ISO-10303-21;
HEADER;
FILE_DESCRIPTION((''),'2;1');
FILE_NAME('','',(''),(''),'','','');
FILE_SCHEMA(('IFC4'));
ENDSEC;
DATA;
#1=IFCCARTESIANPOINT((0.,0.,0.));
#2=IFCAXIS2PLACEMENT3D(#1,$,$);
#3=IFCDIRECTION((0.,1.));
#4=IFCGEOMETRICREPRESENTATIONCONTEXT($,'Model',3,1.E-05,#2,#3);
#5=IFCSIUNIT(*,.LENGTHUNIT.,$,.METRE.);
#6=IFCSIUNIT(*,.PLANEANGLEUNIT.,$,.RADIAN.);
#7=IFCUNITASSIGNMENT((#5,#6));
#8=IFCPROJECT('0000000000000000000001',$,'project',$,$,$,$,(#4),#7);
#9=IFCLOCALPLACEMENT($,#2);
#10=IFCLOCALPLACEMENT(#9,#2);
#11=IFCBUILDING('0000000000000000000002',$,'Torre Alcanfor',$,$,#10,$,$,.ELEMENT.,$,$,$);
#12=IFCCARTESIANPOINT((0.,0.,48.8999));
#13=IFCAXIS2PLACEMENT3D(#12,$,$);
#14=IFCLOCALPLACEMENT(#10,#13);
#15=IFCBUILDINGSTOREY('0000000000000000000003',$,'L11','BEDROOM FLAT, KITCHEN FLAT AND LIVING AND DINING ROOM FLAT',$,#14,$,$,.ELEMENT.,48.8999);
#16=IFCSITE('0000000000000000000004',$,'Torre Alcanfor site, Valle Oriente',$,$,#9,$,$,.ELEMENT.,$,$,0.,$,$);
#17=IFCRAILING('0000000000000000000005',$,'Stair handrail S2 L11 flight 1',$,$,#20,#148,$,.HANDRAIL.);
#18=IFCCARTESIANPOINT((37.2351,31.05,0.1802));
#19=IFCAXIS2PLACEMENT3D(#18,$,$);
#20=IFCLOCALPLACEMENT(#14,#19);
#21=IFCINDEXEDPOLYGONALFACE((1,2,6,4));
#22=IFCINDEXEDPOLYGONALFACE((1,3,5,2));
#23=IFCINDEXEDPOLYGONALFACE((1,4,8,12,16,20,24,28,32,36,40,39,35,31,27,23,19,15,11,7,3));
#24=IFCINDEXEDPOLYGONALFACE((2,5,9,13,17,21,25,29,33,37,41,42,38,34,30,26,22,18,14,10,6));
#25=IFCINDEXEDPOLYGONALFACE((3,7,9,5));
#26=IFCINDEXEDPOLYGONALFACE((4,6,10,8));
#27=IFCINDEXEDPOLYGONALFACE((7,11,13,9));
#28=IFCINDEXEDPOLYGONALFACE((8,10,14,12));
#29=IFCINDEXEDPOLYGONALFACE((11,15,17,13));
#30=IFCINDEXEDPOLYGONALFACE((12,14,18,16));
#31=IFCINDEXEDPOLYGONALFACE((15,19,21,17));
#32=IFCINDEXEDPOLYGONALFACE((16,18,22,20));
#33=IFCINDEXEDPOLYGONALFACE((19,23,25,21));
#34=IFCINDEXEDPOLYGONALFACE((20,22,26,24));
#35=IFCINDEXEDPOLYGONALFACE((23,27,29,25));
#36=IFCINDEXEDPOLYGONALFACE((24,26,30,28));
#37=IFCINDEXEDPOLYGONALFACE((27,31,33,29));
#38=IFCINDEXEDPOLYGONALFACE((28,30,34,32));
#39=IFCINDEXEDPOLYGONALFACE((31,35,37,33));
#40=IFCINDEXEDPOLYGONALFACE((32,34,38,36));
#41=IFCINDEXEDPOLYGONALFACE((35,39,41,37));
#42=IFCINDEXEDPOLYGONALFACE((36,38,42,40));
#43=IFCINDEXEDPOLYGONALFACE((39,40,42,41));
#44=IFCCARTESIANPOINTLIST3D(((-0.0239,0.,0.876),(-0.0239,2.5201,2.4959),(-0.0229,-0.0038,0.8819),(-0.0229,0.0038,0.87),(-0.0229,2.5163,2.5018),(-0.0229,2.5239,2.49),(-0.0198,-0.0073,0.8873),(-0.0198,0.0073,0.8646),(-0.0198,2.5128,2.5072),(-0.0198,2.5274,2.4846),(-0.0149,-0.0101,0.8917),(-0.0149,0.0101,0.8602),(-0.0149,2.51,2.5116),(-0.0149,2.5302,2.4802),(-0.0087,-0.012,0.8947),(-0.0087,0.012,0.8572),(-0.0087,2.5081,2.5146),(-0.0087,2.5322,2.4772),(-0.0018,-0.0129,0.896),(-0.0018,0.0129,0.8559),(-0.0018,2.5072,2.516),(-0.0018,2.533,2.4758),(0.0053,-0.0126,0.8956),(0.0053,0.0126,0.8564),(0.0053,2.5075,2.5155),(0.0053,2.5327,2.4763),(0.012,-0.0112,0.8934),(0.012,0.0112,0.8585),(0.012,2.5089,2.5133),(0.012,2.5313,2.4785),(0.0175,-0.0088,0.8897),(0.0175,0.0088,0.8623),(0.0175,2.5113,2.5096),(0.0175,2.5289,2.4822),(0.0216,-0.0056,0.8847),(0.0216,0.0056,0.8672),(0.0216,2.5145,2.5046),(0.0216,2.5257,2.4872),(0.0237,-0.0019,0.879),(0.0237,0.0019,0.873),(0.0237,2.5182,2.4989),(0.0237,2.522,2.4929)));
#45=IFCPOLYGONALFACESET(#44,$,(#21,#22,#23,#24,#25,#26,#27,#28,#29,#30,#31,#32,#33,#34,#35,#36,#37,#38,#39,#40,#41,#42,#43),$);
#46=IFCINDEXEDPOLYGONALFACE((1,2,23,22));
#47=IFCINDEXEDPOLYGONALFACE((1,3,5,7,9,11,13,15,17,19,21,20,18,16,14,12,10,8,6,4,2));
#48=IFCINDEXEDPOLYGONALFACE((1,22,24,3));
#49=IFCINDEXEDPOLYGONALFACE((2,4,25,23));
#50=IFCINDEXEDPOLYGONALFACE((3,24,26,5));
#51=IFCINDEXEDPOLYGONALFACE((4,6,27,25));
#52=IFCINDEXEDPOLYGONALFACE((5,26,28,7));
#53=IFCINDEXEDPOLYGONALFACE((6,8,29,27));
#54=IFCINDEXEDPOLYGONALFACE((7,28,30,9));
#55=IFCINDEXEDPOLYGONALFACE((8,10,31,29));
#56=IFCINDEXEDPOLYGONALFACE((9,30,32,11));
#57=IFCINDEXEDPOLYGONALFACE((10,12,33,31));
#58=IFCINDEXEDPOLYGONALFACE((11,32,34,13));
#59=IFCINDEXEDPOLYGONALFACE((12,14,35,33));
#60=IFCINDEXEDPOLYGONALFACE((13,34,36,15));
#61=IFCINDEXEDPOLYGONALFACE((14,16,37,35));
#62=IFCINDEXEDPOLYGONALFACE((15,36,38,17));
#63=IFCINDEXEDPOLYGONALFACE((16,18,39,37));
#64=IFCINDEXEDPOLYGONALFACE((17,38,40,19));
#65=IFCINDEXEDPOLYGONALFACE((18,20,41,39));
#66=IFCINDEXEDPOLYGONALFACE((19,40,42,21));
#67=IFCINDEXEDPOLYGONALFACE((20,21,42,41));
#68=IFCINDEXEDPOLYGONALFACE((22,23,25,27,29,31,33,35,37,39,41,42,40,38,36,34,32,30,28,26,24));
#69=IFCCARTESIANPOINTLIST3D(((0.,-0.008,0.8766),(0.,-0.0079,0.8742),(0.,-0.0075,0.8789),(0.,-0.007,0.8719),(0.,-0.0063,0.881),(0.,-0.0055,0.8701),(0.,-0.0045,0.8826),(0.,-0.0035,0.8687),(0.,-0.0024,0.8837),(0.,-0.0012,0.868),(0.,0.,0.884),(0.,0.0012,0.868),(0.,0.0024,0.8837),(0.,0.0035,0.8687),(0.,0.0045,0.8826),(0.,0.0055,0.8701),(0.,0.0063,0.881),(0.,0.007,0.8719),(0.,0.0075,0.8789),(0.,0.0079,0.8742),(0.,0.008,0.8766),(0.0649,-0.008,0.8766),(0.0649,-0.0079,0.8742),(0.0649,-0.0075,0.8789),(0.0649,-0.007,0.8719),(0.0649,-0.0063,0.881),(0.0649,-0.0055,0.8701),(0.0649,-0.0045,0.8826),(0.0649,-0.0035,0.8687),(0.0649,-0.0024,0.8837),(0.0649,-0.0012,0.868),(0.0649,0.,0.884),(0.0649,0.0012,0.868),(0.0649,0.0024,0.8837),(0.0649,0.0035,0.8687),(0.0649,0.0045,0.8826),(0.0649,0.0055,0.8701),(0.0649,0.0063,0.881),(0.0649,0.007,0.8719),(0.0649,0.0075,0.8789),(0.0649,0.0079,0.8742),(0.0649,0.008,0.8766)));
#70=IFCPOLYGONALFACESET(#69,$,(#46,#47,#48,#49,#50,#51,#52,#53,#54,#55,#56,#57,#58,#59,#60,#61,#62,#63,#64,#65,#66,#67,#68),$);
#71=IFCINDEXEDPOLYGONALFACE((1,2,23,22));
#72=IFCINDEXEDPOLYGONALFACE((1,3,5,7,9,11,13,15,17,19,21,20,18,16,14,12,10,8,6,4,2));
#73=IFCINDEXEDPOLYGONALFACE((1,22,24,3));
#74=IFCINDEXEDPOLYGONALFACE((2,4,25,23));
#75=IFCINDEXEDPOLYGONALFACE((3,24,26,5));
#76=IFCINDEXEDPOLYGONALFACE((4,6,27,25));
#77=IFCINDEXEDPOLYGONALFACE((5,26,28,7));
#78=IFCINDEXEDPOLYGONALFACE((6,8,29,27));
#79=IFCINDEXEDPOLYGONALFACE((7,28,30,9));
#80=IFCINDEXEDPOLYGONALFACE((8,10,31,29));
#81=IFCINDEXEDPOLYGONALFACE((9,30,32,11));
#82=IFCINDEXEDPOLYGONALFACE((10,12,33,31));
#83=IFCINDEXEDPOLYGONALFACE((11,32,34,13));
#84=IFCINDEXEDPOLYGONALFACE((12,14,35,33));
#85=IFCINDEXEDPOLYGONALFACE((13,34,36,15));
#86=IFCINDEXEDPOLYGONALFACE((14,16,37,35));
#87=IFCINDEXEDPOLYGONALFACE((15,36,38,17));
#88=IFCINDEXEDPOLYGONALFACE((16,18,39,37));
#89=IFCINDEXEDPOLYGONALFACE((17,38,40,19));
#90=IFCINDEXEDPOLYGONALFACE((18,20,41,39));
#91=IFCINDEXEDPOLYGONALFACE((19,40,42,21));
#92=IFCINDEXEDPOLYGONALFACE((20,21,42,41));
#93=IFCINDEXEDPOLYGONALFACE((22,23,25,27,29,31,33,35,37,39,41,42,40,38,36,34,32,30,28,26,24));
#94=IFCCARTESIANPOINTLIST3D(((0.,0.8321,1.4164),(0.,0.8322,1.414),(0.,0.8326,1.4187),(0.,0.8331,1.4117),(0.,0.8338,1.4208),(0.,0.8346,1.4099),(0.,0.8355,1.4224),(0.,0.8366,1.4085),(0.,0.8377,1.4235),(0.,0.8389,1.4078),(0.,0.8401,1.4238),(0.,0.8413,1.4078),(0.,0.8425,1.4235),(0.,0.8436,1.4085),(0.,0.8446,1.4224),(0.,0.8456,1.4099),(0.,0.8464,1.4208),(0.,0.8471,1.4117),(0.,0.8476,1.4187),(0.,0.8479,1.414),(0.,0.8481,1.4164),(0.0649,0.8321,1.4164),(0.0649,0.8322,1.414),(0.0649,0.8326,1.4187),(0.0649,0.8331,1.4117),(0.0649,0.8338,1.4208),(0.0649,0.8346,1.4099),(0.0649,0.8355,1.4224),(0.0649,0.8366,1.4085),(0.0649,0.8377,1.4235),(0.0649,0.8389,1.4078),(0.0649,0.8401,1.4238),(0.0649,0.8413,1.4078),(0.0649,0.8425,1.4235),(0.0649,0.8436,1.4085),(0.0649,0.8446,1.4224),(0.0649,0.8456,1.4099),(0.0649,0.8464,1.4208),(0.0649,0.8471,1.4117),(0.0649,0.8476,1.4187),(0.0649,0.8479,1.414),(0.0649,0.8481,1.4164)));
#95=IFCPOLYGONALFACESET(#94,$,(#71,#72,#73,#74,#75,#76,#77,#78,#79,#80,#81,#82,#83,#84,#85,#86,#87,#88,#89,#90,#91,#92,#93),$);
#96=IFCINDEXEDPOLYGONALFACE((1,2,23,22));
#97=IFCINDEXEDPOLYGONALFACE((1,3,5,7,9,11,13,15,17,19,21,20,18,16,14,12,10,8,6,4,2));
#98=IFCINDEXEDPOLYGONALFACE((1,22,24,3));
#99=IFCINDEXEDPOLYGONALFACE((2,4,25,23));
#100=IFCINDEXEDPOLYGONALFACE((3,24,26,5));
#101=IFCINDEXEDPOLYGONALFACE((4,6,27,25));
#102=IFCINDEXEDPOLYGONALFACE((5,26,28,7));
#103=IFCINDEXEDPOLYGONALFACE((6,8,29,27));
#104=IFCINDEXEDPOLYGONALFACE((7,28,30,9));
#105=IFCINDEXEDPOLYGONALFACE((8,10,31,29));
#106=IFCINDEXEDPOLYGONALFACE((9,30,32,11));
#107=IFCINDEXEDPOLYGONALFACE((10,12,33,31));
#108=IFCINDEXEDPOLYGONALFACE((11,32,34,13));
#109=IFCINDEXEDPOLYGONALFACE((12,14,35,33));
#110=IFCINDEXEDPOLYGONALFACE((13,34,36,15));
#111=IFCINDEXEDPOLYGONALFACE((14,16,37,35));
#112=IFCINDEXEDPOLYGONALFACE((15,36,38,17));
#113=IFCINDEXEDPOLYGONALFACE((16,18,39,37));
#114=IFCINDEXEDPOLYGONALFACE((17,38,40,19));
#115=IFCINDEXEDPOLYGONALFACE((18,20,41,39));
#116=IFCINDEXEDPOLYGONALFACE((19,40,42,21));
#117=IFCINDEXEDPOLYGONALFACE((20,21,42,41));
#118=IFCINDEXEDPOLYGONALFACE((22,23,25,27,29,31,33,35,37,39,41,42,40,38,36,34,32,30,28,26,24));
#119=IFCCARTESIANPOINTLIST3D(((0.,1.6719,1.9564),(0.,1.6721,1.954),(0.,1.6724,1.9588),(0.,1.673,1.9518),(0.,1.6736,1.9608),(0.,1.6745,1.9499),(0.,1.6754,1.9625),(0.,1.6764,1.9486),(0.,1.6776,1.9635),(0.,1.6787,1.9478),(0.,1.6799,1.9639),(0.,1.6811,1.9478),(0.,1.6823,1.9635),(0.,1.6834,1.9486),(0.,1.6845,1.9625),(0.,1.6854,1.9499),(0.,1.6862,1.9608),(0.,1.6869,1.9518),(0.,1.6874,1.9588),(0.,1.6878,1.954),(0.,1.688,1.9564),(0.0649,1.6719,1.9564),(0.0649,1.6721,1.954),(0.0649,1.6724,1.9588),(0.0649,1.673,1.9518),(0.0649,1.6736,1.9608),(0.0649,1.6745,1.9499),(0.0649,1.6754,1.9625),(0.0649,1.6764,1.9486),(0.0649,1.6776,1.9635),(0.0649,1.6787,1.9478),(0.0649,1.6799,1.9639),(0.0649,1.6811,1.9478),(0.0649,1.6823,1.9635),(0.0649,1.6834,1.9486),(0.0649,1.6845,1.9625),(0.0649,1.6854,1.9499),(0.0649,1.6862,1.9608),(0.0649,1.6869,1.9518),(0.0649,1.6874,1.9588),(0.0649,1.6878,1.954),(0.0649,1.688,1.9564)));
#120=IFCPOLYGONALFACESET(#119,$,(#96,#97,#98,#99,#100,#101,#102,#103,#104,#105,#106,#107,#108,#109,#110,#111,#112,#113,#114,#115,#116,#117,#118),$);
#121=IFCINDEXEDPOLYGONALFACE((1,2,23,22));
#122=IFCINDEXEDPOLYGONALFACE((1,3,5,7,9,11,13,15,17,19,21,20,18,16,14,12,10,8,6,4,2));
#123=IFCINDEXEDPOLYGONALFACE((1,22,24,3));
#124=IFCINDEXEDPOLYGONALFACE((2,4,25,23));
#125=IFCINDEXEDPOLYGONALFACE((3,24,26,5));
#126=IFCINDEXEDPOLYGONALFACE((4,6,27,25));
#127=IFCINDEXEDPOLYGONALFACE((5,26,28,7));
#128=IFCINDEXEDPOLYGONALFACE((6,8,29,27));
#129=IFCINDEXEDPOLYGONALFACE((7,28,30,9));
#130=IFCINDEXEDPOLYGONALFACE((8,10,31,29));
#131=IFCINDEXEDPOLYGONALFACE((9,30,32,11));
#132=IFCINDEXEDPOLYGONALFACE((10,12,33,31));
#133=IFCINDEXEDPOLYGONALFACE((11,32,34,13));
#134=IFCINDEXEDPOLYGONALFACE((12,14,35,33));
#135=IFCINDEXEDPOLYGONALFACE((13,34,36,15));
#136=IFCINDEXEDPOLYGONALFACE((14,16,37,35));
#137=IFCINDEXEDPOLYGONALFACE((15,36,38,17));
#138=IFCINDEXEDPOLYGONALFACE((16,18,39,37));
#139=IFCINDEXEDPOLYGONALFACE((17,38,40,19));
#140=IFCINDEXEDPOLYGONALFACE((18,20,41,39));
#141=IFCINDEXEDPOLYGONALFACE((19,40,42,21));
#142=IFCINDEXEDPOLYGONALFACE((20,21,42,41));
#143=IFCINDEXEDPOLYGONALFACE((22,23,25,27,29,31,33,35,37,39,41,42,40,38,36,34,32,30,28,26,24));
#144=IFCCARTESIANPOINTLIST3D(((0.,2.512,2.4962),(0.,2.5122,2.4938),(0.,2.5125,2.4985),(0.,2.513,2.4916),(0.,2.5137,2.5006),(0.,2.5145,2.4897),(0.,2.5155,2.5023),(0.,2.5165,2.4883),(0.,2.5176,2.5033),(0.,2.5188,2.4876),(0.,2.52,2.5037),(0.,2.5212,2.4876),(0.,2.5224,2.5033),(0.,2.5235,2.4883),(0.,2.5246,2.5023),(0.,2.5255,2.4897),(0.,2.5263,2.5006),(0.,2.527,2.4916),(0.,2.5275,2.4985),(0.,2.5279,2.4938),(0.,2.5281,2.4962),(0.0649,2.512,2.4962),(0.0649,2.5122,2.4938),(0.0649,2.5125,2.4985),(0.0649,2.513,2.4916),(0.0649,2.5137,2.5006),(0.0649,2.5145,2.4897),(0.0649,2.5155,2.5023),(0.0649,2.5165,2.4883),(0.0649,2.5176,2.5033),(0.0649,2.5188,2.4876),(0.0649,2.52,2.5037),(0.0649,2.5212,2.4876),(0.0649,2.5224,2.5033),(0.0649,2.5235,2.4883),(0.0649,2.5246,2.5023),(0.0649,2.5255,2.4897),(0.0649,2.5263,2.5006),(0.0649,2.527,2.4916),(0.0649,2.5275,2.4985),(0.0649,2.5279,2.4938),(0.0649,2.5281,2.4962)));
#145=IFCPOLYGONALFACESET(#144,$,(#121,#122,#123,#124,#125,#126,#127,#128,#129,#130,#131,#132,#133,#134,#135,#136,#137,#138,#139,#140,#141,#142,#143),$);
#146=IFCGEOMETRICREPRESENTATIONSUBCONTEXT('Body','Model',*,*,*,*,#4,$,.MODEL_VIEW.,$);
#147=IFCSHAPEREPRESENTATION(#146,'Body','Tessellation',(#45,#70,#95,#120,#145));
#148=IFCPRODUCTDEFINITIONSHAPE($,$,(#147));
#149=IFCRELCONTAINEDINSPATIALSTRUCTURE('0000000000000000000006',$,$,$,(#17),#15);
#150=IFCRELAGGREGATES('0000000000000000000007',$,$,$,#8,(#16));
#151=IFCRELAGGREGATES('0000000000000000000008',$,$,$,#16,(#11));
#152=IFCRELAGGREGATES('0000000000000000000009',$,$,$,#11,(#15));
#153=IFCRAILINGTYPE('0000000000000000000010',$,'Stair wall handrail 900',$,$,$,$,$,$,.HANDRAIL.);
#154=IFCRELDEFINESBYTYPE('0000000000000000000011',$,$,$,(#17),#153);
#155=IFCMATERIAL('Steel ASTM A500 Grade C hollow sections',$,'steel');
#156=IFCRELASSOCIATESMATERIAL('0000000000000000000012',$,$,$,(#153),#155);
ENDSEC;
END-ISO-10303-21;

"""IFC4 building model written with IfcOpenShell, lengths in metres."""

from ifc_helpers import new_model, si_unit, direction, frame, origin, origin_2d, place, context, subcontext, project, spatial, circle, extrude, material, type_object, element, save


model = new_model("IFC4")

# Units and contexts
model_context = context("Model", 3, precision=1e-05, world=origin(), true_north=direction((0.0, 1.0)))
body_context = subcontext(model_context, "Body", "Model", "MODEL_VIEW")
ifc_project = project(units=[si_unit("LENGTHUNIT", "METRE"), si_unit("PLANEANGLEUNIT", "RADIAN")], contexts=[model_context])

# Site, building, storey
site_placement = place(None, origin())
site = spatial("IfcSite", under=ifc_project, at=site_placement, Name="Torre Alcanfor site, Valle Oriente", CompositionType="ELEMENT", RefElevation=0.0)
building_placement = place(site_placement, origin())
building = spatial("IfcBuilding", under=site, at=building_placement, Name="Torre Alcanfor", CompositionType="ELEMENT")
storey_placement = place(building_placement, frame((0.0, 0.0, 48.8999)))
storey = spatial("IfcBuildingStorey", under=building, at=storey_placement, Name="L11", Description="BEDROOM FLAT, KITCHEN FLAT AND LIVING AND DINING ROOM FLAT", CompositionType="ELEMENT", Elevation=48.8999)

# Railing
ifc_material_1 = material(Name="Steel ASTM A500 Grade C hollow sections", Category="steel")
railing_type_1 = type_object("IfcRailingType", Name="Stair wall handrail 900", PredefinedType="HANDRAIL", material=ifc_material_1)
railing_1_placement = place(storey_placement, frame((37.2351, 31.05, 0.1802)))
element("IfcRailing", 1, at=railing_1_placement, inside=storey, type_object=railing_type_1, Name="Stair handrail S2 L11 flight 1", PredefinedType="HANDRAIL", context=body_context, shape_type="SweptSolid", body=[
    extrude(circle(Radius=0.0239, at=origin_2d()), frame((0.0, 0.0, 0.876), z_axis=(0.0, 0.8412, 0.540725), x_axis=(-1.0, 0.0, 0.0)), (0.0, 0.0, 1.0), 2.9958),
    extrude(circle(Radius=0.0081, at=origin_2d()), frame((0.0, 0.0, 0.876), z_axis=(1.0, 0.0, 0.0), x_axis=(0.0, 0.0, 1.0)), (0.0, 0.0, 1.0), 0.0649),
    extrude(circle(Radius=0.0081, at=origin_2d()), frame((0.0, 0.8401, 1.4158), z_axis=(1.0, 0.0, 0.0), x_axis=(0.0, 0.0, 1.0)), (0.0, 0.0, 1.0), 0.0649),
    extrude(circle(Radius=0.0081, at=origin_2d()), frame((0.0, 1.6799, 1.9558), z_axis=(1.0, 0.0, 0.0), x_axis=(0.0, 0.0, 1.0)), (0.0, 0.0, 1.0), 0.0649),
    extrude(circle(Radius=0.0081, at=origin_2d()), frame((0.0, 2.52, 2.4956), z_axis=(1.0, 0.0, 0.0), x_axis=(0.0, 0.0, 1.0)), (0.0, 0.0, 1.0), 0.0649),
])

save(model, "model.ifc")
